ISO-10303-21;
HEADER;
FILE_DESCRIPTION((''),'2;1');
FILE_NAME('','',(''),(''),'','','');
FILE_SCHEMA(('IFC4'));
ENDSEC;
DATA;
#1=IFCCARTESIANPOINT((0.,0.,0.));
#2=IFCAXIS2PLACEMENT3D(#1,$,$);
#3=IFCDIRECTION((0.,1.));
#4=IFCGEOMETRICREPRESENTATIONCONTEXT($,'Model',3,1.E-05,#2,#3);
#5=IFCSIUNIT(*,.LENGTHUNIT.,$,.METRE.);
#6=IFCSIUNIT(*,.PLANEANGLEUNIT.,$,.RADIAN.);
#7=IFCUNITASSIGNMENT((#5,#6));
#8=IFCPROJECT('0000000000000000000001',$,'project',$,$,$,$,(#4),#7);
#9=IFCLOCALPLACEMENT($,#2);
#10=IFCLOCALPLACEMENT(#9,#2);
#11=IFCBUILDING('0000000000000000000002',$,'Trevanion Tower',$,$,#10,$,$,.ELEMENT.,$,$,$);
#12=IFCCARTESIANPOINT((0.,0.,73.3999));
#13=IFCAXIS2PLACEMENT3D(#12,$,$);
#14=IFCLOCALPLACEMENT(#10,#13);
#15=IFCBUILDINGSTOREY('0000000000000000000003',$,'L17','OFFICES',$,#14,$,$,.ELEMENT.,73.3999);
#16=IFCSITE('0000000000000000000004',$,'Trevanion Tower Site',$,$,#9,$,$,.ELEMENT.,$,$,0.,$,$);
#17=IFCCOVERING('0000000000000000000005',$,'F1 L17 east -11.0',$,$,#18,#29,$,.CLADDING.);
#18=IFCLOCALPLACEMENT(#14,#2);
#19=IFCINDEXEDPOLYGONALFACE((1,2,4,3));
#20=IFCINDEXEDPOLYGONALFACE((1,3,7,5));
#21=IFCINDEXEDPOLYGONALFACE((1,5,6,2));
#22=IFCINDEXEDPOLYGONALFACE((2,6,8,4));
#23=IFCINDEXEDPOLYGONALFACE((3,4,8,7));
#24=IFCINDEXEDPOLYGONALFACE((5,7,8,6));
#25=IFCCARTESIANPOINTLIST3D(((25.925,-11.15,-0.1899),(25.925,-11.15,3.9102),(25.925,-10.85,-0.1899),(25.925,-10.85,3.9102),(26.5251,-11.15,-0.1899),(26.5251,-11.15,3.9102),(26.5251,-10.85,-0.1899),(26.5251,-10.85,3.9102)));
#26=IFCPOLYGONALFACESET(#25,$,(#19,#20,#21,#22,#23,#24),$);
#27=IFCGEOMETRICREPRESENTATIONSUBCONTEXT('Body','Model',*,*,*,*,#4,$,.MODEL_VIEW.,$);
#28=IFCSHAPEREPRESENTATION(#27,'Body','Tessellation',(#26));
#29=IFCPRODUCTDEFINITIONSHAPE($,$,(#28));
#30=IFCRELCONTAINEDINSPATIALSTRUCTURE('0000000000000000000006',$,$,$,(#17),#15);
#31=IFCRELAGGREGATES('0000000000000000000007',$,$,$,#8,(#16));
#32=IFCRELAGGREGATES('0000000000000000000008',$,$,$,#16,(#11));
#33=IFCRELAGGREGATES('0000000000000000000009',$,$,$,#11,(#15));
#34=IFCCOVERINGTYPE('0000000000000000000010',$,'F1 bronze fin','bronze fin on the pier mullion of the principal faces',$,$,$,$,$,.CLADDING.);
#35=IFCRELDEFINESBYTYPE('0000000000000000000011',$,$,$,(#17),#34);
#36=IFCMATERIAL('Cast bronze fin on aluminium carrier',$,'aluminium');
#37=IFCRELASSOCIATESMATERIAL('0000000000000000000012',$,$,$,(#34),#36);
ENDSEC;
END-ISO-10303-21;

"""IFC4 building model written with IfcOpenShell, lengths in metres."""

from ifc_helpers import new_model, si_unit, direction, frame, origin, origin_2d, place, context, subcontext, project, spatial, rectangle, extrude, material, type_object, element, save


model = new_model("IFC4")

# Units and contexts
model_context = context("Model", 3, precision=1e-05, world=origin(), true_north=direction((0.0, 1.0)))
body_context = subcontext(model_context, "Body", "Model", "MODEL_VIEW")
ifc_project = project(units=[si_unit("LENGTHUNIT", "METRE"), si_unit("PLANEANGLEUNIT", "RADIAN")], contexts=[model_context])

# Site, building, storey
site_placement = place(None, origin())
site = spatial("IfcSite", under=ifc_project, at=site_placement, Name="Trevanion Tower Site", CompositionType="ELEMENT", RefElevation=0.0)
building_placement = place(site_placement, origin())
building = spatial("IfcBuilding", under=site, at=building_placement, Name="Trevanion Tower", CompositionType="ELEMENT")
storey_placement = place(building_placement, frame((0.0, 0.0, 73.3999)))
storey = spatial("IfcBuildingStorey", under=building, at=storey_placement, Name="L17", Description="OFFICES", CompositionType="ELEMENT", Elevation=73.3999)

# Covering
ifc_material_1 = material(Name="Cast bronze fin on aluminium carrier", Category="aluminium")
covering_type = type_object("IfcCoveringType", Name="F1 bronze fin", Description="bronze fin on the pier mullion of the principal faces", PredefinedType="CLADDING", material=ifc_material_1)
covering_placement = place(storey_placement, frame((26.2251, -11.0, -0.1899), z_axis=(0.0, 0.0, 1.0), x_axis=(0.0, 1.0, 0.0)))
element("IfcCovering", 1, at=covering_placement, inside=storey, type_object=covering_type, Name="F1 L17 east -11.0", PredefinedType="CLADDING", context=body_context, shape_type="SweptSolid", body=[
    extrude(rectangle(XDim=0.3, YDim=0.6001, at=origin_2d()), origin(), (0.0, 0.0, 1.0), 4.1001),
])

save(model, "model.ifc")
